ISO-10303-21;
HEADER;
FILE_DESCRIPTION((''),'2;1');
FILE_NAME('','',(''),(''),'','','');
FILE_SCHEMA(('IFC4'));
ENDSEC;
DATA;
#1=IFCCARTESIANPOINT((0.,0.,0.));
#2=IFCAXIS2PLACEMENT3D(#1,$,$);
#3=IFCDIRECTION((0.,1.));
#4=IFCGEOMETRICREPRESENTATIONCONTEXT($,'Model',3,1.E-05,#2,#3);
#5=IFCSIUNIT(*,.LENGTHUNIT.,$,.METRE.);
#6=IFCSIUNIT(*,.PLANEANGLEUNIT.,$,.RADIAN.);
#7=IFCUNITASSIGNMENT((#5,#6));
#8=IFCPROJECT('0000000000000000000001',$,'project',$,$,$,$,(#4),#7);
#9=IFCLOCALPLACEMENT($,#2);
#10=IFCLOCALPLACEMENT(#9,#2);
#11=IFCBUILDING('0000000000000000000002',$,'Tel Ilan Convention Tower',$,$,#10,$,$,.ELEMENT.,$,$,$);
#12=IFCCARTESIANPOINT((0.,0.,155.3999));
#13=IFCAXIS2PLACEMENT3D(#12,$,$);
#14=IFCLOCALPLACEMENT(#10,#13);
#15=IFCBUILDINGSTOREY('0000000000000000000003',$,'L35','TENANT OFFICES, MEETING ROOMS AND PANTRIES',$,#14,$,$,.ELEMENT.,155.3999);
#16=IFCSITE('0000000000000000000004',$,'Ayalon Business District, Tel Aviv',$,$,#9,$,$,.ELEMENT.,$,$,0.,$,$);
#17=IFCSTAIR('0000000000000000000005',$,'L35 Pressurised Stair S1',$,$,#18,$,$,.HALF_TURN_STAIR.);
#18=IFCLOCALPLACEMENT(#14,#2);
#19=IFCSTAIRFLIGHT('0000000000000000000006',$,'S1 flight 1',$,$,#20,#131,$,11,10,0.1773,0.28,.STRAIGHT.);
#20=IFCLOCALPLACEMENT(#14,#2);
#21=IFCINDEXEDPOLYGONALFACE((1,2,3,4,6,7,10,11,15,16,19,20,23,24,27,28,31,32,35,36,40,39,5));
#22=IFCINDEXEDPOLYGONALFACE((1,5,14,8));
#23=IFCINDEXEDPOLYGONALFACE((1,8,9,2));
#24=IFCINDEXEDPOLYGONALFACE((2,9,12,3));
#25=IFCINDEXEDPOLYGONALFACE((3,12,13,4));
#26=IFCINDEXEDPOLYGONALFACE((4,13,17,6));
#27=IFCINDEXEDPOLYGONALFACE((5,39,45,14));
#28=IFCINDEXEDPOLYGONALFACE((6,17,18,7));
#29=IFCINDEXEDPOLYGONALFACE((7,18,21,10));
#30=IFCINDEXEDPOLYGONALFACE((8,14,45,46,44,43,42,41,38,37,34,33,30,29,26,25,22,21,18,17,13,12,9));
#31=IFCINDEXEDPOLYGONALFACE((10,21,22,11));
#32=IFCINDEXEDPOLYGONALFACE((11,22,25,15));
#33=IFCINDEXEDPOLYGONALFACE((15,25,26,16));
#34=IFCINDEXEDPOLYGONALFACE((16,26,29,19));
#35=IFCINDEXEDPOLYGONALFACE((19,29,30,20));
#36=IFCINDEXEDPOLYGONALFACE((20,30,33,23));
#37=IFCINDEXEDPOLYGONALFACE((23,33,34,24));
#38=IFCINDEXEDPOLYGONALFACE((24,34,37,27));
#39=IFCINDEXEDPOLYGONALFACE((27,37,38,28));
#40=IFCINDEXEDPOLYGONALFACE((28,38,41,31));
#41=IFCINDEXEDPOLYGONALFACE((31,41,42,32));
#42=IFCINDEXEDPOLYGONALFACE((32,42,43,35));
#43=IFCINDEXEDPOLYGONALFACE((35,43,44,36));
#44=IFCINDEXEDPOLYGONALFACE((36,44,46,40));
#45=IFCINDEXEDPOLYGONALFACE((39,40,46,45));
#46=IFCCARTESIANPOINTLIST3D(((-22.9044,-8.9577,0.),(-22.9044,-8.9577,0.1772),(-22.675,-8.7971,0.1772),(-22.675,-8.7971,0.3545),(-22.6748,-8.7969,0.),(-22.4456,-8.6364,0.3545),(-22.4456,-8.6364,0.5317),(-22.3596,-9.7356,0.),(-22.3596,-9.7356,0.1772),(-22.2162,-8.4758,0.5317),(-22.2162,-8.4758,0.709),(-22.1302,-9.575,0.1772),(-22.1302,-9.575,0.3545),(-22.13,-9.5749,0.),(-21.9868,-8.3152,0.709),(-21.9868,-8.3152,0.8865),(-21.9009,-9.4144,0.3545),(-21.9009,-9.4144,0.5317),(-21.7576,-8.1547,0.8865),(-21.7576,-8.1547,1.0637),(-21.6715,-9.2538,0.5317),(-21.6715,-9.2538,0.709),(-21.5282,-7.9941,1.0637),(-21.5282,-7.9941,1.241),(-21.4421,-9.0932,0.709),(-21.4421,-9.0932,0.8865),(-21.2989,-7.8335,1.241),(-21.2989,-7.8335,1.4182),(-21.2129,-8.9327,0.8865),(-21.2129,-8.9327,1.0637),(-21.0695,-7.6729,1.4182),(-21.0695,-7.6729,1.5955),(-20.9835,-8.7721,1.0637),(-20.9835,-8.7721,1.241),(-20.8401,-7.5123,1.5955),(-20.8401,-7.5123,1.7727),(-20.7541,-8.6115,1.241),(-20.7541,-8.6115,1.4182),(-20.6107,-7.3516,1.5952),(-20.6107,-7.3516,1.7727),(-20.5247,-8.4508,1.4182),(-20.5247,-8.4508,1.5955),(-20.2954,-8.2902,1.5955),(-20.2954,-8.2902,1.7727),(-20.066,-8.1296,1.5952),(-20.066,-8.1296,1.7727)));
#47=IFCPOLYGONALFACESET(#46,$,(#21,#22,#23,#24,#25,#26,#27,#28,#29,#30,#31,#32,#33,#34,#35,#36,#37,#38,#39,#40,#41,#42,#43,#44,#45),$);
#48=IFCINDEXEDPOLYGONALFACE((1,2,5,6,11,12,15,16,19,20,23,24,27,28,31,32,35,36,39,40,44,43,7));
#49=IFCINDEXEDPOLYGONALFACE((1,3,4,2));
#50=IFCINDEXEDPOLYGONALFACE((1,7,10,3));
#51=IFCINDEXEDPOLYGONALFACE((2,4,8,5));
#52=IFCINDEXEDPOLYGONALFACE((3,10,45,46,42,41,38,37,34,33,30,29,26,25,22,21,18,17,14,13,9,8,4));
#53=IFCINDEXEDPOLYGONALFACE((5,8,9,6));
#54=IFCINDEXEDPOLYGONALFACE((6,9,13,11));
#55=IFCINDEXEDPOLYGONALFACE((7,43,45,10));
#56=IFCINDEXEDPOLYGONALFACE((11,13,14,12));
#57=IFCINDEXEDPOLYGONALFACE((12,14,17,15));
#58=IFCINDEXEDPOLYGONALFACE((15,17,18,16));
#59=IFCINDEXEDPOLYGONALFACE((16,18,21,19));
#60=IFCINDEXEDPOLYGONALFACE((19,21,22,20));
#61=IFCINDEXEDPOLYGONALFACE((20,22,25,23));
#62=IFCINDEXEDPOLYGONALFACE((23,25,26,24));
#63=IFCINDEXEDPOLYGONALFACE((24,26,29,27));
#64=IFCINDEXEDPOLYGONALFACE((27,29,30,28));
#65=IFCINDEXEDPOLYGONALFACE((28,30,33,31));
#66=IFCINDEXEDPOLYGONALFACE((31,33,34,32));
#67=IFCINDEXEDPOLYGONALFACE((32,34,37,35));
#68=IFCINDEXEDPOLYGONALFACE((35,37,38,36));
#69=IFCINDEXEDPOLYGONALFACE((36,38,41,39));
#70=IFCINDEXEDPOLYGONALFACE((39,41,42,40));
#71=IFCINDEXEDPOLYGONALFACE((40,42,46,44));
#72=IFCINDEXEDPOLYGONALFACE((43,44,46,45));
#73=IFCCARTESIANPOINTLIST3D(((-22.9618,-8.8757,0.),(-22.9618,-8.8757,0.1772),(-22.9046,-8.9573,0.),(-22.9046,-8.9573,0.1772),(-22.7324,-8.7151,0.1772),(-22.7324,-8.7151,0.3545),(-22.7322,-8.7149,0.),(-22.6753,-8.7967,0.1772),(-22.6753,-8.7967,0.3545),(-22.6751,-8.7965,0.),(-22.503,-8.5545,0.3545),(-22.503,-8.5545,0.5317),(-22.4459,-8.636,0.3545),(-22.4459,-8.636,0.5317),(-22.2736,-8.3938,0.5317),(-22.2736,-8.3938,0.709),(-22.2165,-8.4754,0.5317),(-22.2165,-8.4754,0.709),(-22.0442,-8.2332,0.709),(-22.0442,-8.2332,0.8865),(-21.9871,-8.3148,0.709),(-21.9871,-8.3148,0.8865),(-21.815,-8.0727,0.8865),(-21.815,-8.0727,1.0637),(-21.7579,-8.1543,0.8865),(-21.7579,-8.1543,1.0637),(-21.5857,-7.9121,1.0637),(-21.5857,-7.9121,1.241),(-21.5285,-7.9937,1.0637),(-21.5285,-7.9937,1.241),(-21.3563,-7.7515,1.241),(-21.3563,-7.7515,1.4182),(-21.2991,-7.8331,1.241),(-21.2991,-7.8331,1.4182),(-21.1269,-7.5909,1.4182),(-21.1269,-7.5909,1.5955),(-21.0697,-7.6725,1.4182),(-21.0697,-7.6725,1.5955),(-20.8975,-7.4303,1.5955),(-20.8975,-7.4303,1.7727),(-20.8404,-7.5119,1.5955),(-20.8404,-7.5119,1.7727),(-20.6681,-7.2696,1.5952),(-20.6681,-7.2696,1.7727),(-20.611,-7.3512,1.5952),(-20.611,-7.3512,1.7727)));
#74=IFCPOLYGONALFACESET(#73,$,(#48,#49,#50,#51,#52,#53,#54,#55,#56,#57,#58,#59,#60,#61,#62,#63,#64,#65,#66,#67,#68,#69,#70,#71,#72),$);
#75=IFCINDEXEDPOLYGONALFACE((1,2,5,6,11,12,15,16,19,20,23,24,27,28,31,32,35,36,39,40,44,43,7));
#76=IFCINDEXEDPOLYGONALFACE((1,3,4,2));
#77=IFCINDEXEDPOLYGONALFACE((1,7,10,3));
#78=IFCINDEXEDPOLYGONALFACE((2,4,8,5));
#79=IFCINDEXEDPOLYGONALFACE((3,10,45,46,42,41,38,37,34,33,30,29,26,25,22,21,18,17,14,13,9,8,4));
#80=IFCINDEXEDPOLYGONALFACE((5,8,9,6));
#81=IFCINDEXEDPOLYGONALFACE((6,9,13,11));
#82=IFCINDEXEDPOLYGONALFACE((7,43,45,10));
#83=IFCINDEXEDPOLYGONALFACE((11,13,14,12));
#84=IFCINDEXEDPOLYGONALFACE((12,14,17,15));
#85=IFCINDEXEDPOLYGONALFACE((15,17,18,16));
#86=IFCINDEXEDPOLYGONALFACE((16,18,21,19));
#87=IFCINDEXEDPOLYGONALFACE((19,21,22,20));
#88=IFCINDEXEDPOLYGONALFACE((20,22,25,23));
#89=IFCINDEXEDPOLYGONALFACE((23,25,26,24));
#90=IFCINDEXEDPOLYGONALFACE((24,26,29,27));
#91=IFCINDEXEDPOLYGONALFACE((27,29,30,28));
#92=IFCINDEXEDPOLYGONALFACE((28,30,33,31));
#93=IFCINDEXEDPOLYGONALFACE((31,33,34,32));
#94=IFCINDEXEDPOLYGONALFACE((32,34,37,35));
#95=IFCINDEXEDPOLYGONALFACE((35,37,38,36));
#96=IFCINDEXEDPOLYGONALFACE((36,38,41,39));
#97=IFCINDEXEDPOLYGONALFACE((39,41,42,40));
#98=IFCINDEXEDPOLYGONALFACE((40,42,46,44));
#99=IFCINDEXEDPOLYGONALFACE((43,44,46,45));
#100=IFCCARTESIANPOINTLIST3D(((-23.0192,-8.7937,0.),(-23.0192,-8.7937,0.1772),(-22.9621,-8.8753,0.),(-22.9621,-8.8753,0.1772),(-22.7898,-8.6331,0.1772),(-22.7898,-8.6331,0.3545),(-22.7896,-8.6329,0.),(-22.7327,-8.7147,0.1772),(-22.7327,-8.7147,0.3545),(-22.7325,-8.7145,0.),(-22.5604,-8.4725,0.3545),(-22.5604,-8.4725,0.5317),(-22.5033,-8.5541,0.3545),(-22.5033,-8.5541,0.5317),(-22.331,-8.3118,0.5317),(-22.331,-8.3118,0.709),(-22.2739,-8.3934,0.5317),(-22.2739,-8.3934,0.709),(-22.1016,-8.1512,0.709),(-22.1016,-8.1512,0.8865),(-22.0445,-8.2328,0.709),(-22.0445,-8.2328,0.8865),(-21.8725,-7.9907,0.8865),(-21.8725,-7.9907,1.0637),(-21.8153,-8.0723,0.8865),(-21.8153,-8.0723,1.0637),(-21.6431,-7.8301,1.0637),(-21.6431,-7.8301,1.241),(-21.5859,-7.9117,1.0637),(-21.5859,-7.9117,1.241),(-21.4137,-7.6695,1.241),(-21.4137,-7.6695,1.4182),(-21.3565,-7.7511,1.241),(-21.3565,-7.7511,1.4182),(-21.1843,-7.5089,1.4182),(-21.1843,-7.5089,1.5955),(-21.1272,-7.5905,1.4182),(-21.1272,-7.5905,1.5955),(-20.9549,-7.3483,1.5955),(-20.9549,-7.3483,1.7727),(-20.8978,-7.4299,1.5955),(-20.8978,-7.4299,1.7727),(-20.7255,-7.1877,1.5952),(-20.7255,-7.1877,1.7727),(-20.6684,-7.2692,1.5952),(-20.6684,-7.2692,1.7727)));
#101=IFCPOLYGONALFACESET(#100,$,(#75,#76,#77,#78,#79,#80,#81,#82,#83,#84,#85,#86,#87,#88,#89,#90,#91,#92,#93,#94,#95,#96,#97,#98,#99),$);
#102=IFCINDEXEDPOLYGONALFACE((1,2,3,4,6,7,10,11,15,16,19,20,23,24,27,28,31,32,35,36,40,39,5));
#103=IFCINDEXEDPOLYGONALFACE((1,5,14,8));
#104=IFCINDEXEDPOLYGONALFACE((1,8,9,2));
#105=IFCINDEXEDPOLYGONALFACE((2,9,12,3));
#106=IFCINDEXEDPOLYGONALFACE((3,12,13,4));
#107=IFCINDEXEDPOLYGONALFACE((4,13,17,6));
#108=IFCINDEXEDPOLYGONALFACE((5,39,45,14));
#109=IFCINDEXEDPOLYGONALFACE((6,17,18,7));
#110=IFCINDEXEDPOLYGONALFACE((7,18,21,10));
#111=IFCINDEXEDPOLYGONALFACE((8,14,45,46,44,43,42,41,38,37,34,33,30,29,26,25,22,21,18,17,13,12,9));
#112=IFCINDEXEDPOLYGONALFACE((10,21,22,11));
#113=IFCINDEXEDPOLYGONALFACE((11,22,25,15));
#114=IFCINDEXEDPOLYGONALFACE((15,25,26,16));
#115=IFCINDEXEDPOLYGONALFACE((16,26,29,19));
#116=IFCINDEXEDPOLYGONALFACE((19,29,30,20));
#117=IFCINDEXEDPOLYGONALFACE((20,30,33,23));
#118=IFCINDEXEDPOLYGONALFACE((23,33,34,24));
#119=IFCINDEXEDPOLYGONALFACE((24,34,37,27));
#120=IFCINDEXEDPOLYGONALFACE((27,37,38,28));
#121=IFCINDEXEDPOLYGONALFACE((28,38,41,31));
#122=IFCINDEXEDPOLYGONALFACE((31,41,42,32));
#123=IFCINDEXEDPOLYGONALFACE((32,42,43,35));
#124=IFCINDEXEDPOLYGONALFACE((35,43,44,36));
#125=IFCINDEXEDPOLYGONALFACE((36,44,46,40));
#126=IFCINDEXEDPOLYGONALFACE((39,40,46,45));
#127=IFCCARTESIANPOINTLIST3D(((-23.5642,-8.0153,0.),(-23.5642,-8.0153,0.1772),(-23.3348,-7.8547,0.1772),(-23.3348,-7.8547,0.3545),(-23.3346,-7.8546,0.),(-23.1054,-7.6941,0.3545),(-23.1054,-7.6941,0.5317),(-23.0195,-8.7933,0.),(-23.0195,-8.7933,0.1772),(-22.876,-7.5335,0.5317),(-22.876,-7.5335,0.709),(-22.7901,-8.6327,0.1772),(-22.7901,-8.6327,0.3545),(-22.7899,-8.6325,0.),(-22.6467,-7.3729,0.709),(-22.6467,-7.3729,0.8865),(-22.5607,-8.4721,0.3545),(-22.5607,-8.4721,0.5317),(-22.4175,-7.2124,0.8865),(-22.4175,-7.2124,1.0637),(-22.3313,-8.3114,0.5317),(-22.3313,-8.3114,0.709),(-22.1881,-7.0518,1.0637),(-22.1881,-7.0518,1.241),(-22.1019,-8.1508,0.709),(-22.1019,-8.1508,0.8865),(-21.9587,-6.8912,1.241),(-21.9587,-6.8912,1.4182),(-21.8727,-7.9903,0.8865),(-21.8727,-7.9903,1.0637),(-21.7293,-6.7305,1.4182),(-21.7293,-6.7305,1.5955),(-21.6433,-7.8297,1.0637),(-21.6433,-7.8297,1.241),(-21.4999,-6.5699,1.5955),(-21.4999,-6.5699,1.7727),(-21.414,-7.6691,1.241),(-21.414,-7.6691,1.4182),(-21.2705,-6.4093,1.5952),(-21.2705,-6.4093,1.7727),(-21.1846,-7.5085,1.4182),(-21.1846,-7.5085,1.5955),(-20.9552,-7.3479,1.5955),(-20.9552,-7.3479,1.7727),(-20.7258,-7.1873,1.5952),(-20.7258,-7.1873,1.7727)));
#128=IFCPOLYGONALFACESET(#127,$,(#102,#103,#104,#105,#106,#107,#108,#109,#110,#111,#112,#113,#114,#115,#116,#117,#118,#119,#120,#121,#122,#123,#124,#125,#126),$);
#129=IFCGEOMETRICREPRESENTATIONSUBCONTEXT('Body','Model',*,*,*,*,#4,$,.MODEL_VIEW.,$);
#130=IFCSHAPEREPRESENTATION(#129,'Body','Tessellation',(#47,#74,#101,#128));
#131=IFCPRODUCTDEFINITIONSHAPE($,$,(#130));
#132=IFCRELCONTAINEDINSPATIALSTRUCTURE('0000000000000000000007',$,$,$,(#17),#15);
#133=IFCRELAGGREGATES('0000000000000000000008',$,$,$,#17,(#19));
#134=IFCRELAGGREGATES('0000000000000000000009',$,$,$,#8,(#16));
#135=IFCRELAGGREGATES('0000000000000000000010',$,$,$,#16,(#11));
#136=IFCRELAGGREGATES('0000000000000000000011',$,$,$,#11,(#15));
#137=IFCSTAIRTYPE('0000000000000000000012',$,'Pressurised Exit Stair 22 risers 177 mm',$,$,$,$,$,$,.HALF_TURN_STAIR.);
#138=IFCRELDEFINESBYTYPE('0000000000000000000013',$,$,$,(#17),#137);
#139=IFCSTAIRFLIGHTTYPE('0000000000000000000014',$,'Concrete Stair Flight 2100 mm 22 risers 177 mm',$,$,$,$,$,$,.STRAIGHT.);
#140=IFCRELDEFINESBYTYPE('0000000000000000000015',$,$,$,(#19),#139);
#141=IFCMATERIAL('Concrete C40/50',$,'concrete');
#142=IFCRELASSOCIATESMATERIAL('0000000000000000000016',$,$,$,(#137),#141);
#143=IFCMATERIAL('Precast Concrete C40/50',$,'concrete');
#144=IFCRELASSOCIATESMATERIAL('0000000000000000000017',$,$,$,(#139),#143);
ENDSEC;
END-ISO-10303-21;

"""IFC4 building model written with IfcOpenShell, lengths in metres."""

from ifc_helpers import new_model, si_unit, direction, frame, origin, place, context, subcontext, project, spatial, polyline, outline, extrude, material, type_object, element, aggregate, save


model = new_model("IFC4")

# Units and contexts
model_context = context("Model", 3, precision=1e-05, world=origin(), true_north=direction((0.0, 1.0)))
body_context = subcontext(model_context, "Body", "Model", "MODEL_VIEW")
ifc_project = project(units=[si_unit("LENGTHUNIT", "METRE"), si_unit("PLANEANGLEUNIT", "RADIAN")], contexts=[model_context])

# Site, building, storey
site_placement = place(None, origin())
site = spatial("IfcSite", under=ifc_project, at=site_placement, Name="Ayalon Business District, Tel Aviv", CompositionType="ELEMENT", RefElevation=0.0)
building_placement = place(site_placement, origin())
building = spatial("IfcBuilding", under=site, at=building_placement, Name="Tel Ilan Convention Tower", CompositionType="ELEMENT")
storey_placement = place(building_placement, frame((0.0, 0.0, 155.3999)))
storey = spatial("IfcBuildingStorey", under=building, at=storey_placement, Name="L35", Description="TENANT OFFICES, MEETING ROOMS AND PANTRIES", CompositionType="ELEMENT", Elevation=155.3999)

# Stair, stair flight
ifc_material_1 = material(Name="Concrete C40/50", Category="concrete")
stair_type = type_object("IfcStairType", Name="Pressurised Exit Stair 22 risers 177 mm", PredefinedType="HALF_TURN_STAIR", material=ifc_material_1)
stair_1_placement = place(storey_placement, origin())
stair_1 = element("IfcStair", 1, at=stair_1_placement, inside=storey, type_object=stair_type, Name="L35 Pressurised Stair S1", PredefinedType="HALF_TURN_STAIR")
ifc_material_2 = material(Name="Precast Concrete C40/50", Category="concrete")
stair_flight_type = type_object("IfcStairFlightType", Name="Concrete Stair Flight 2100 mm 22 risers 177 mm", PredefinedType="STRAIGHT", material=ifc_material_2)
stair_flight_1_placement = place(storey_placement, frame((-22.9619, -8.8755, 0.0), z_axis=(0.0, 0.0, 1.0), x_axis=(0.819152, 0.573576, 0.0)))
stair_flight_1 = element("IfcStairFlight", 2, at=stair_flight_1_placement, type_object=stair_flight_type, Name="S1 flight 1", NumberOfRisers=11, NumberOfTreads=10, PredefinedType="STRAIGHT", RiserHeight=0.1773, TreadLength=0.28, context=body_context, shape_type="SweptSolid", body=[
    extrude(outline(polyline([(0.0, 0.0), (0.0, 0.1772), (0.28, 0.1772), (0.28, 0.3545), (0.5601, 0.3545), (0.5601, 0.5317), (0.8401, 0.5317), (0.8401, 0.709), (1.1201, 0.709), (1.1201, 0.8865), (1.3999, 0.8865), (1.3999, 1.0637), (1.6799, 1.0637), (1.6799, 1.241), (1.96, 1.241), (1.96, 1.4182), (2.24, 1.4182), (2.24, 1.5955), (2.52, 1.5955), (2.52, 1.7727), (2.8, 1.7727), (2.8, 1.95), (2.8, 1.5952), (0.2803, 0.0), (0.0, 0.0)])), frame((0.0, -0.1003, 0.0), z_axis=(0.0, -1.0, 0.0), x_axis=(1.0, 0.0, 0.0)), (0.0, 0.0, 1.0), 0.9497),
    extrude(outline(polyline([(0.0, 0.0), (0.0, 0.1772), (0.28, 0.1772), (0.28, 0.3545), (0.5601, 0.3545), (0.5601, 0.5317), (0.8401, 0.5317), (0.8401, 0.709), (1.1201, 0.709), (1.1201, 0.8865), (1.3999, 0.8865), (1.3999, 1.0637), (1.6799, 1.0637), (1.6799, 1.241), (1.96, 1.241), (1.96, 1.4182), (2.24, 1.4182), (2.24, 1.5955), (2.52, 1.5955), (2.52, 1.7727), (2.8, 1.7727), (2.8, 1.95), (2.8, 1.5952), (0.2803, 0.0), (0.0, 0.0)])), frame((0.0, -0.0002, 0.0), z_axis=(0.0, -1.0, 0.0), x_axis=(1.0, 0.0, 0.0)), (0.0, 0.0, 1.0), 0.0996),
    extrude(outline(polyline([(0.0, 0.0), (0.0, 0.1772), (0.28, 0.1772), (0.28, 0.3545), (0.5601, 0.3545), (0.5601, 0.5317), (0.8401, 0.5317), (0.8401, 0.709), (1.1201, 0.709), (1.1201, 0.8865), (1.3999, 0.8865), (1.3999, 1.0637), (1.6799, 1.0637), (1.6799, 1.241), (1.96, 1.241), (1.96, 1.4182), (2.24, 1.4182), (2.24, 1.5955), (2.52, 1.5955), (2.52, 1.7727), (2.8, 1.7727), (2.8, 1.95), (2.8, 1.5952), (0.2803, 0.0), (0.0, 0.0)])), frame((0.0, 0.0999, 0.0), z_axis=(0.0, -1.0, 0.0), x_axis=(1.0, 0.0, 0.0)), (0.0, 0.0, 1.0), 0.0996),
    extrude(outline(polyline([(0.0, 0.0), (0.0, 0.1772), (0.28, 0.1772), (0.28, 0.3545), (0.5601, 0.3545), (0.5601, 0.5317), (0.8401, 0.5317), (0.8401, 0.709), (1.1201, 0.709), (1.1201, 0.8865), (1.3999, 0.8865), (1.3999, 1.0637), (1.6799, 1.0637), (1.6799, 1.241), (1.96, 1.241), (1.96, 1.4182), (2.24, 1.4182), (2.24, 1.5955), (2.52, 1.5955), (2.52, 1.7727), (2.8, 1.7727), (2.8, 1.95), (2.8, 1.5952), (0.2803, 0.0), (0.0, 0.0)])), frame((0.0, 1.05, 0.0), z_axis=(0.0, -1.0, 0.0), x_axis=(1.0, 0.0, 0.0)), (0.0, 0.0, 1.0), 0.9497),
])
aggregate(stair_1, [stair_flight_1])

save(model, "model.ifc")
